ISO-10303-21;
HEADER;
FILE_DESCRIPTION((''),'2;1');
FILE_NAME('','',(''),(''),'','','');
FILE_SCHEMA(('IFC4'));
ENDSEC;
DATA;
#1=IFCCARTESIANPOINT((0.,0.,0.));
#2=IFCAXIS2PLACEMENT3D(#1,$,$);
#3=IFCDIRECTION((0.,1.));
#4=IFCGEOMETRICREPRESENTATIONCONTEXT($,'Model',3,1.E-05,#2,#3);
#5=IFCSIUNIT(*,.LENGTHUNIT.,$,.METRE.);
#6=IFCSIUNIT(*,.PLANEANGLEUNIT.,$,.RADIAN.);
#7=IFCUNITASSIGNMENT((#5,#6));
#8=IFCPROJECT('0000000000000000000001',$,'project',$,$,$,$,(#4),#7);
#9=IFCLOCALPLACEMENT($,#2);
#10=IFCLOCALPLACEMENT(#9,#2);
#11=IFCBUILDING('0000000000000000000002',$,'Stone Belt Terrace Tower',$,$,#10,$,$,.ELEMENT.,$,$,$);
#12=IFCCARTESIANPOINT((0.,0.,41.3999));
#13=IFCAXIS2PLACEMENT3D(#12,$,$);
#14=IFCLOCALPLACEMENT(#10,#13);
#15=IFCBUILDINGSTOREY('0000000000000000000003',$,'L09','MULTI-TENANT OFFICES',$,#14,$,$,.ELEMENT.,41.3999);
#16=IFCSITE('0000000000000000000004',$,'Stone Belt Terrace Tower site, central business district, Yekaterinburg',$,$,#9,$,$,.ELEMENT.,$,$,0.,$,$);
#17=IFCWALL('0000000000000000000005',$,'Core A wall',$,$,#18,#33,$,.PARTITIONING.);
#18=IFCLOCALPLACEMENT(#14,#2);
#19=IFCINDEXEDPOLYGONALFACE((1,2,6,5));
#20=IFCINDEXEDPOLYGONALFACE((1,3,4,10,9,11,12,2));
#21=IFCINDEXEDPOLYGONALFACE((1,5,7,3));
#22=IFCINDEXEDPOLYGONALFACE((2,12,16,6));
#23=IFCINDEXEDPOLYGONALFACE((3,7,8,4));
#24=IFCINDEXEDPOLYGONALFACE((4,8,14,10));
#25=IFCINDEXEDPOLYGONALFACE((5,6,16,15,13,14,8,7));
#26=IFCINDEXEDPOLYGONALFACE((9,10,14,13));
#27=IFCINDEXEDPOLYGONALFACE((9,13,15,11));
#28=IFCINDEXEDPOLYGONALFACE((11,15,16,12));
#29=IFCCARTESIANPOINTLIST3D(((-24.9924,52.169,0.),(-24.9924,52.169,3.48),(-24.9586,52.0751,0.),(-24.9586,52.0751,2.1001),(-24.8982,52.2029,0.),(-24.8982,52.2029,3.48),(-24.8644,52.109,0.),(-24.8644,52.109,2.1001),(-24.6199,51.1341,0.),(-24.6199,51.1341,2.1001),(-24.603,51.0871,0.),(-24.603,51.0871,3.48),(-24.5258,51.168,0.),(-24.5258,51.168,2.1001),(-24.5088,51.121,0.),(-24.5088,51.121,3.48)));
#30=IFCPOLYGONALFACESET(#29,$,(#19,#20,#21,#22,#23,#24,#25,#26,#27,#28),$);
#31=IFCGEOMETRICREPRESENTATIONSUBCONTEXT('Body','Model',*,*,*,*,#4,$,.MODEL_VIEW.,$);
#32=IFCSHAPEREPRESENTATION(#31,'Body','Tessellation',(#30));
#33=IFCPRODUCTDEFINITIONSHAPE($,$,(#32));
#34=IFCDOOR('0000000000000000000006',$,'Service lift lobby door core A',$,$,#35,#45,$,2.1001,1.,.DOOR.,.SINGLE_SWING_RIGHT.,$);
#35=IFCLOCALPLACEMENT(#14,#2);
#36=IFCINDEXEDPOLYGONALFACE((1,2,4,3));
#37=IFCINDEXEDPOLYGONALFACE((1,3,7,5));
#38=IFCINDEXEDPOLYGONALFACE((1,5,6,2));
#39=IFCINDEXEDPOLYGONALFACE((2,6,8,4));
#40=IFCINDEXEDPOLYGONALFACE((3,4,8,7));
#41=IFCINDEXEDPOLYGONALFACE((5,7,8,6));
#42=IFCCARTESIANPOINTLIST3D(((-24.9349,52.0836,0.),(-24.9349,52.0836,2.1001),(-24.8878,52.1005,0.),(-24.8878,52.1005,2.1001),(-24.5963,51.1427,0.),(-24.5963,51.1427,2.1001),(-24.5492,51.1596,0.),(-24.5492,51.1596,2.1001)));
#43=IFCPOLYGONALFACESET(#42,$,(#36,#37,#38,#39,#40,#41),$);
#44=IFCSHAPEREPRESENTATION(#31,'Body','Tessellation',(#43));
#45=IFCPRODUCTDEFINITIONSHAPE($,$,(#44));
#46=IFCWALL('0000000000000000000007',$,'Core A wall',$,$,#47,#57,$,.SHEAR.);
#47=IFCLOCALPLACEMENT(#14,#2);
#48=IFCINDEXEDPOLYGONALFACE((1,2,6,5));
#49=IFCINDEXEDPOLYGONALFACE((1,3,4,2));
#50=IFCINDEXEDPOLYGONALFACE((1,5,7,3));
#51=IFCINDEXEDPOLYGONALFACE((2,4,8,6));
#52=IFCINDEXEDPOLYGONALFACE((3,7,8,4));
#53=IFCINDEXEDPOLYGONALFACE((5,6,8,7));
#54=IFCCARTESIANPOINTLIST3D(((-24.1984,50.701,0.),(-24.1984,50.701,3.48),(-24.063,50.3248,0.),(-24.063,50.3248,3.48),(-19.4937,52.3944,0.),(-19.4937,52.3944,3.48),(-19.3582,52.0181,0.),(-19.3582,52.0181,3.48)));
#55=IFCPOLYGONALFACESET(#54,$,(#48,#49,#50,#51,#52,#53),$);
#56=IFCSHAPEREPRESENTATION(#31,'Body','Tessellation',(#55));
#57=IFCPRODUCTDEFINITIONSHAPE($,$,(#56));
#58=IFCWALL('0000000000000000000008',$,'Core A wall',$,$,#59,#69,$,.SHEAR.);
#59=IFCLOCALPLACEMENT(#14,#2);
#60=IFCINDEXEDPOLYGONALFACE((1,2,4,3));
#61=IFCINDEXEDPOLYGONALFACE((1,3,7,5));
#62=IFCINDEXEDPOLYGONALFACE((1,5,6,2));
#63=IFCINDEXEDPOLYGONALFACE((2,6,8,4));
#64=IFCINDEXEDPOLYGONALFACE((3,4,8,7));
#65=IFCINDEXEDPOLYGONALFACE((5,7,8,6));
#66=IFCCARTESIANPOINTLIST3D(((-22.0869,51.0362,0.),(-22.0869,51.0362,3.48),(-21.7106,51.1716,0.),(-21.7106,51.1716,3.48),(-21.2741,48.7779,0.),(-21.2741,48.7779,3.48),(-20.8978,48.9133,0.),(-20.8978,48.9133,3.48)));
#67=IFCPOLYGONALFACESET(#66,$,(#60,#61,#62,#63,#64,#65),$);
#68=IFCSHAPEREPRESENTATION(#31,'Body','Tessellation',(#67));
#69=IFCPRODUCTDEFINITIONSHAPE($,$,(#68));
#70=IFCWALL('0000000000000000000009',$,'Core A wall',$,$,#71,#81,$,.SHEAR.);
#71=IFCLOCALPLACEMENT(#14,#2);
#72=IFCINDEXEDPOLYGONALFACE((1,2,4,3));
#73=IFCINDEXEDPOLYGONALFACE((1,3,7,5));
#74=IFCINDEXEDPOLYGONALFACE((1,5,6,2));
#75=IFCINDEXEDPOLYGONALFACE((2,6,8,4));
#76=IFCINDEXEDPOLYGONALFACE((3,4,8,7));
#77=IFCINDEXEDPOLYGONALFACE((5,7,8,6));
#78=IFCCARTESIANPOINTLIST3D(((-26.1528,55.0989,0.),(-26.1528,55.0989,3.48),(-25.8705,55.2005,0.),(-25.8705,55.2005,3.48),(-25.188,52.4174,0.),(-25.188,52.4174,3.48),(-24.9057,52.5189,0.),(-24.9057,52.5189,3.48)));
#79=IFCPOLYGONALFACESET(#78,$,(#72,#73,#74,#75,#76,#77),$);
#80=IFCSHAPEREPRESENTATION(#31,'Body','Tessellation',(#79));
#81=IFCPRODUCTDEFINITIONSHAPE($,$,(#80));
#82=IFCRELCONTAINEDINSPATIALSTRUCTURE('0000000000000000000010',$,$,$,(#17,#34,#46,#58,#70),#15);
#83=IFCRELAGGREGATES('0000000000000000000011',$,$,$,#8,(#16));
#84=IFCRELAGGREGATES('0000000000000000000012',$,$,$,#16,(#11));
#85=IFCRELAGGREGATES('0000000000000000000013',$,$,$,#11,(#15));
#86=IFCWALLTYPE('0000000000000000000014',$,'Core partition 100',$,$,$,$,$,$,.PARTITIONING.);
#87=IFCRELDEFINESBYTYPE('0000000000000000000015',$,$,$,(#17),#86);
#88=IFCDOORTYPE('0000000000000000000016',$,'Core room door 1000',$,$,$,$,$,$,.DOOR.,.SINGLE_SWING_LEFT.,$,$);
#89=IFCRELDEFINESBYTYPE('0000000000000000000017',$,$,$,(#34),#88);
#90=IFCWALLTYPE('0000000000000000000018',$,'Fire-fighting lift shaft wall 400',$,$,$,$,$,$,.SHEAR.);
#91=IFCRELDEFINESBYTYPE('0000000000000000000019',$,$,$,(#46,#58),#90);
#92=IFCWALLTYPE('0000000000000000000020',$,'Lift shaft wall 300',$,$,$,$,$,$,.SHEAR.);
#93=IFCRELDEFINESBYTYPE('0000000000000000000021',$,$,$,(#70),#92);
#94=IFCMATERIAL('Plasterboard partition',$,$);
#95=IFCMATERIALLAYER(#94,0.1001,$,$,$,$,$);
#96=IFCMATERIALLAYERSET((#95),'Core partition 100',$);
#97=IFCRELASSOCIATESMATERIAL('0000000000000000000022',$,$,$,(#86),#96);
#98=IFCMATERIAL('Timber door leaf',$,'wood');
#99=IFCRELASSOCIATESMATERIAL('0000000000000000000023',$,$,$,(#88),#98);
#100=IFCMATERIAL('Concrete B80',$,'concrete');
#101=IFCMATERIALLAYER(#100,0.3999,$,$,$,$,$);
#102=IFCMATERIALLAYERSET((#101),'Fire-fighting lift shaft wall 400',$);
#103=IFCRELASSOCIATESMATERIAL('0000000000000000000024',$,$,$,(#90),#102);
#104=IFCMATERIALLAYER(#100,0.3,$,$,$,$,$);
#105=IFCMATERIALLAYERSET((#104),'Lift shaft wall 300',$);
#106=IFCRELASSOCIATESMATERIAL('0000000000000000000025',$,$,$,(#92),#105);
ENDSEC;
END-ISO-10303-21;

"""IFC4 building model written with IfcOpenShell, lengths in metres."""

from ifc_helpers import new_model, si_unit, direction, frame, frame_2d, origin, place, context, subcontext, project, spatial, rectangle, extrude, material, layer, layer_set, type_object, element, fill, save


model = new_model("IFC4")

# Units and contexts
model_context = context("Model", 3, precision=1e-05, world=origin(), true_north=direction((0.0, 1.0)))
body_context = subcontext(model_context, "Body", "Model", "MODEL_VIEW")
ifc_project = project(units=[si_unit("LENGTHUNIT", "METRE"), si_unit("PLANEANGLEUNIT", "RADIAN")], contexts=[model_context])

# Site, building, storey
site_placement = place(None, origin())
site = spatial("IfcSite", under=ifc_project, at=site_placement, Name="Stone Belt Terrace Tower site, central business district, Yekaterinburg", CompositionType="ELEMENT", RefElevation=0.0)
building_placement = place(site_placement, origin())
building = spatial("IfcBuilding", under=site, at=building_placement, Name="Stone Belt Terrace Tower", CompositionType="ELEMENT")
storey_placement = place(building_placement, frame((0.0, 0.0, 41.3999)))
storey = spatial("IfcBuildingStorey", under=building, at=storey_placement, Name="L09", Description="MULTI-TENANT OFFICES", CompositionType="ELEMENT", Elevation=41.3999)

# Wall, opening, door
ifc_material_1 = material(Name="Plasterboard partition")
ifc_layer_1 = layer(ifc_material_1, 0.1001)
ifc_layer_set_1 = layer_set([ifc_layer_1], Name="Core partition 100")
wall_type_1 = type_object("IfcWallType", Name="Core partition 100", PredefinedType="PARTITIONING", material=ifc_layer_set_1)
wall_1_placement = place(storey_placement, frame((-24.5559, 51.104, 0.0), z_axis=(0.0, 0.0, 1.0), x_axis=(-0.338622, 0.940923, 0.0)))
wall_1 = element("IfcWall", 1, at=wall_1_placement, inside=storey, type_object=wall_type_1, Name="Core A wall", PredefinedType="PARTITIONING", context=body_context, shape_type="SweptSolid", body=[
    extrude(rectangle(XDim=1.1499, YDim=0.1001, at=frame_2d((0.575, 0.0))), origin(), (0.0, 0.0, 1.0), 3.48),
])
opening_1_placement = place(wall_1_placement, frame((0.05, 0.0, 0.0)))
opening_1 = element("IfcOpeningElement", 2, at=opening_1_placement, cuts=wall_1, PredefinedType="OPENING", context=body_context, shape_type="SweptSolid", body=[
    extrude(rectangle(XDim=1.0, YDim=2.1001, at=frame_2d((0.5, 1.05))), frame((0.0, 0.0601, 0.0), z_axis=(0.0, -1.0, 0.0), x_axis=(1.0, 0.0, 0.0)), (0.0, 0.0, 1.0), 0.1201),
])
ifc_material_2 = material(Name="Timber door leaf", Category="wood")
door_type_1 = type_object("IfcDoorType", Name="Core room door 1000", OperationType="SINGLE_SWING_LEFT", PredefinedType="DOOR", material=ifc_material_2)
door_1_placement = place(opening_1_placement, origin())
door_1 = element("IfcDoor", 3, at=door_1_placement, inside=storey, type_object=door_type_1, Name="Service lift lobby door core A", OperationType="SINGLE_SWING_RIGHT", OverallHeight=2.1001, OverallWidth=1.0, PredefinedType="DOOR", context=body_context, shape_type="SweptSolid", body=[
    extrude(rectangle(XDim=1.0, YDim=2.1001, at=frame_2d((0.5, 1.05))), frame((0.0, 0.0249, 0.0), z_axis=(0.0, -1.0, 0.0), x_axis=(1.0, 0.0, 0.0)), (0.0, 0.0, 1.0), 0.05),
])
fill(opening_1, door_1)

# Walls
ifc_material_3 = material(Name="Concrete B80", Category="concrete")
ifc_layer_2 = layer(ifc_material_3, 0.3999)
ifc_layer_set_2 = layer_set([ifc_layer_2], Name="Fire-fighting lift shaft wall 400")
wall_type_2 = type_object("IfcWallType", Name="Fire-fighting lift shaft wall 400", PredefinedType="SHEAR", material=ifc_layer_set_2)
wall_2_placement = place(storey_placement, frame((-24.1306, 50.5129, 0.0), z_axis=(0.0, 0.0, 1.0), x_axis=(0.940912, 0.338652, 0.0)))
element("IfcWall", 4, at=wall_2_placement, inside=storey, type_object=wall_type_2, Name="Core A wall", PredefinedType="SHEAR", context=body_context, shape_type="SweptSolid", body=[
    extrude(rectangle(XDim=5.0002, YDim=0.3999, at=frame_2d((2.5, 0.0))), origin(), (0.0, 0.0, 1.0), 3.48),
])
wall_3_placement = place(storey_placement, frame((-21.0859, 48.8455, 0.0), z_axis=(0.0, 0.0, 1.0), x_axis=(-0.338629, 0.94092, 0.0)))
element("IfcWall", 5, at=wall_3_placement, inside=storey, type_object=wall_type_2, Name="Core A wall", PredefinedType="SHEAR", context=body_context, shape_type="SweptSolid", body=[
    extrude(rectangle(XDim=2.4001, YDim=0.3999, at=frame_2d((1.2002, 0.0))), origin(), (0.0, 0.0, 1.0), 3.48),
])
ifc_layer_3 = layer(ifc_material_3, 0.3)
ifc_layer_set_3 = layer_set([ifc_layer_3], Name="Lift shaft wall 300")
wall_type_3 = type_object("IfcWallType", Name="Lift shaft wall 300", PredefinedType="SHEAR", material=ifc_layer_set_3)
wall_4_placement = place(storey_placement, frame((-25.0469, 52.4683, 0.0), z_axis=(0.0, 0.0, 1.0), x_axis=(-0.33855, 0.940949, 0.0)))
element("IfcWall", 6, at=wall_4_placement, inside=storey, type_object=wall_type_3, Name="Core A wall", PredefinedType="SHEAR", context=body_context, shape_type="SweptSolid", body=[
    extrude(rectangle(XDim=2.8499, YDim=0.3, at=frame_2d((1.4248, 0.0))), origin(), (0.0, 0.0, 1.0), 3.48),
])

save(model, "model.ifc")
